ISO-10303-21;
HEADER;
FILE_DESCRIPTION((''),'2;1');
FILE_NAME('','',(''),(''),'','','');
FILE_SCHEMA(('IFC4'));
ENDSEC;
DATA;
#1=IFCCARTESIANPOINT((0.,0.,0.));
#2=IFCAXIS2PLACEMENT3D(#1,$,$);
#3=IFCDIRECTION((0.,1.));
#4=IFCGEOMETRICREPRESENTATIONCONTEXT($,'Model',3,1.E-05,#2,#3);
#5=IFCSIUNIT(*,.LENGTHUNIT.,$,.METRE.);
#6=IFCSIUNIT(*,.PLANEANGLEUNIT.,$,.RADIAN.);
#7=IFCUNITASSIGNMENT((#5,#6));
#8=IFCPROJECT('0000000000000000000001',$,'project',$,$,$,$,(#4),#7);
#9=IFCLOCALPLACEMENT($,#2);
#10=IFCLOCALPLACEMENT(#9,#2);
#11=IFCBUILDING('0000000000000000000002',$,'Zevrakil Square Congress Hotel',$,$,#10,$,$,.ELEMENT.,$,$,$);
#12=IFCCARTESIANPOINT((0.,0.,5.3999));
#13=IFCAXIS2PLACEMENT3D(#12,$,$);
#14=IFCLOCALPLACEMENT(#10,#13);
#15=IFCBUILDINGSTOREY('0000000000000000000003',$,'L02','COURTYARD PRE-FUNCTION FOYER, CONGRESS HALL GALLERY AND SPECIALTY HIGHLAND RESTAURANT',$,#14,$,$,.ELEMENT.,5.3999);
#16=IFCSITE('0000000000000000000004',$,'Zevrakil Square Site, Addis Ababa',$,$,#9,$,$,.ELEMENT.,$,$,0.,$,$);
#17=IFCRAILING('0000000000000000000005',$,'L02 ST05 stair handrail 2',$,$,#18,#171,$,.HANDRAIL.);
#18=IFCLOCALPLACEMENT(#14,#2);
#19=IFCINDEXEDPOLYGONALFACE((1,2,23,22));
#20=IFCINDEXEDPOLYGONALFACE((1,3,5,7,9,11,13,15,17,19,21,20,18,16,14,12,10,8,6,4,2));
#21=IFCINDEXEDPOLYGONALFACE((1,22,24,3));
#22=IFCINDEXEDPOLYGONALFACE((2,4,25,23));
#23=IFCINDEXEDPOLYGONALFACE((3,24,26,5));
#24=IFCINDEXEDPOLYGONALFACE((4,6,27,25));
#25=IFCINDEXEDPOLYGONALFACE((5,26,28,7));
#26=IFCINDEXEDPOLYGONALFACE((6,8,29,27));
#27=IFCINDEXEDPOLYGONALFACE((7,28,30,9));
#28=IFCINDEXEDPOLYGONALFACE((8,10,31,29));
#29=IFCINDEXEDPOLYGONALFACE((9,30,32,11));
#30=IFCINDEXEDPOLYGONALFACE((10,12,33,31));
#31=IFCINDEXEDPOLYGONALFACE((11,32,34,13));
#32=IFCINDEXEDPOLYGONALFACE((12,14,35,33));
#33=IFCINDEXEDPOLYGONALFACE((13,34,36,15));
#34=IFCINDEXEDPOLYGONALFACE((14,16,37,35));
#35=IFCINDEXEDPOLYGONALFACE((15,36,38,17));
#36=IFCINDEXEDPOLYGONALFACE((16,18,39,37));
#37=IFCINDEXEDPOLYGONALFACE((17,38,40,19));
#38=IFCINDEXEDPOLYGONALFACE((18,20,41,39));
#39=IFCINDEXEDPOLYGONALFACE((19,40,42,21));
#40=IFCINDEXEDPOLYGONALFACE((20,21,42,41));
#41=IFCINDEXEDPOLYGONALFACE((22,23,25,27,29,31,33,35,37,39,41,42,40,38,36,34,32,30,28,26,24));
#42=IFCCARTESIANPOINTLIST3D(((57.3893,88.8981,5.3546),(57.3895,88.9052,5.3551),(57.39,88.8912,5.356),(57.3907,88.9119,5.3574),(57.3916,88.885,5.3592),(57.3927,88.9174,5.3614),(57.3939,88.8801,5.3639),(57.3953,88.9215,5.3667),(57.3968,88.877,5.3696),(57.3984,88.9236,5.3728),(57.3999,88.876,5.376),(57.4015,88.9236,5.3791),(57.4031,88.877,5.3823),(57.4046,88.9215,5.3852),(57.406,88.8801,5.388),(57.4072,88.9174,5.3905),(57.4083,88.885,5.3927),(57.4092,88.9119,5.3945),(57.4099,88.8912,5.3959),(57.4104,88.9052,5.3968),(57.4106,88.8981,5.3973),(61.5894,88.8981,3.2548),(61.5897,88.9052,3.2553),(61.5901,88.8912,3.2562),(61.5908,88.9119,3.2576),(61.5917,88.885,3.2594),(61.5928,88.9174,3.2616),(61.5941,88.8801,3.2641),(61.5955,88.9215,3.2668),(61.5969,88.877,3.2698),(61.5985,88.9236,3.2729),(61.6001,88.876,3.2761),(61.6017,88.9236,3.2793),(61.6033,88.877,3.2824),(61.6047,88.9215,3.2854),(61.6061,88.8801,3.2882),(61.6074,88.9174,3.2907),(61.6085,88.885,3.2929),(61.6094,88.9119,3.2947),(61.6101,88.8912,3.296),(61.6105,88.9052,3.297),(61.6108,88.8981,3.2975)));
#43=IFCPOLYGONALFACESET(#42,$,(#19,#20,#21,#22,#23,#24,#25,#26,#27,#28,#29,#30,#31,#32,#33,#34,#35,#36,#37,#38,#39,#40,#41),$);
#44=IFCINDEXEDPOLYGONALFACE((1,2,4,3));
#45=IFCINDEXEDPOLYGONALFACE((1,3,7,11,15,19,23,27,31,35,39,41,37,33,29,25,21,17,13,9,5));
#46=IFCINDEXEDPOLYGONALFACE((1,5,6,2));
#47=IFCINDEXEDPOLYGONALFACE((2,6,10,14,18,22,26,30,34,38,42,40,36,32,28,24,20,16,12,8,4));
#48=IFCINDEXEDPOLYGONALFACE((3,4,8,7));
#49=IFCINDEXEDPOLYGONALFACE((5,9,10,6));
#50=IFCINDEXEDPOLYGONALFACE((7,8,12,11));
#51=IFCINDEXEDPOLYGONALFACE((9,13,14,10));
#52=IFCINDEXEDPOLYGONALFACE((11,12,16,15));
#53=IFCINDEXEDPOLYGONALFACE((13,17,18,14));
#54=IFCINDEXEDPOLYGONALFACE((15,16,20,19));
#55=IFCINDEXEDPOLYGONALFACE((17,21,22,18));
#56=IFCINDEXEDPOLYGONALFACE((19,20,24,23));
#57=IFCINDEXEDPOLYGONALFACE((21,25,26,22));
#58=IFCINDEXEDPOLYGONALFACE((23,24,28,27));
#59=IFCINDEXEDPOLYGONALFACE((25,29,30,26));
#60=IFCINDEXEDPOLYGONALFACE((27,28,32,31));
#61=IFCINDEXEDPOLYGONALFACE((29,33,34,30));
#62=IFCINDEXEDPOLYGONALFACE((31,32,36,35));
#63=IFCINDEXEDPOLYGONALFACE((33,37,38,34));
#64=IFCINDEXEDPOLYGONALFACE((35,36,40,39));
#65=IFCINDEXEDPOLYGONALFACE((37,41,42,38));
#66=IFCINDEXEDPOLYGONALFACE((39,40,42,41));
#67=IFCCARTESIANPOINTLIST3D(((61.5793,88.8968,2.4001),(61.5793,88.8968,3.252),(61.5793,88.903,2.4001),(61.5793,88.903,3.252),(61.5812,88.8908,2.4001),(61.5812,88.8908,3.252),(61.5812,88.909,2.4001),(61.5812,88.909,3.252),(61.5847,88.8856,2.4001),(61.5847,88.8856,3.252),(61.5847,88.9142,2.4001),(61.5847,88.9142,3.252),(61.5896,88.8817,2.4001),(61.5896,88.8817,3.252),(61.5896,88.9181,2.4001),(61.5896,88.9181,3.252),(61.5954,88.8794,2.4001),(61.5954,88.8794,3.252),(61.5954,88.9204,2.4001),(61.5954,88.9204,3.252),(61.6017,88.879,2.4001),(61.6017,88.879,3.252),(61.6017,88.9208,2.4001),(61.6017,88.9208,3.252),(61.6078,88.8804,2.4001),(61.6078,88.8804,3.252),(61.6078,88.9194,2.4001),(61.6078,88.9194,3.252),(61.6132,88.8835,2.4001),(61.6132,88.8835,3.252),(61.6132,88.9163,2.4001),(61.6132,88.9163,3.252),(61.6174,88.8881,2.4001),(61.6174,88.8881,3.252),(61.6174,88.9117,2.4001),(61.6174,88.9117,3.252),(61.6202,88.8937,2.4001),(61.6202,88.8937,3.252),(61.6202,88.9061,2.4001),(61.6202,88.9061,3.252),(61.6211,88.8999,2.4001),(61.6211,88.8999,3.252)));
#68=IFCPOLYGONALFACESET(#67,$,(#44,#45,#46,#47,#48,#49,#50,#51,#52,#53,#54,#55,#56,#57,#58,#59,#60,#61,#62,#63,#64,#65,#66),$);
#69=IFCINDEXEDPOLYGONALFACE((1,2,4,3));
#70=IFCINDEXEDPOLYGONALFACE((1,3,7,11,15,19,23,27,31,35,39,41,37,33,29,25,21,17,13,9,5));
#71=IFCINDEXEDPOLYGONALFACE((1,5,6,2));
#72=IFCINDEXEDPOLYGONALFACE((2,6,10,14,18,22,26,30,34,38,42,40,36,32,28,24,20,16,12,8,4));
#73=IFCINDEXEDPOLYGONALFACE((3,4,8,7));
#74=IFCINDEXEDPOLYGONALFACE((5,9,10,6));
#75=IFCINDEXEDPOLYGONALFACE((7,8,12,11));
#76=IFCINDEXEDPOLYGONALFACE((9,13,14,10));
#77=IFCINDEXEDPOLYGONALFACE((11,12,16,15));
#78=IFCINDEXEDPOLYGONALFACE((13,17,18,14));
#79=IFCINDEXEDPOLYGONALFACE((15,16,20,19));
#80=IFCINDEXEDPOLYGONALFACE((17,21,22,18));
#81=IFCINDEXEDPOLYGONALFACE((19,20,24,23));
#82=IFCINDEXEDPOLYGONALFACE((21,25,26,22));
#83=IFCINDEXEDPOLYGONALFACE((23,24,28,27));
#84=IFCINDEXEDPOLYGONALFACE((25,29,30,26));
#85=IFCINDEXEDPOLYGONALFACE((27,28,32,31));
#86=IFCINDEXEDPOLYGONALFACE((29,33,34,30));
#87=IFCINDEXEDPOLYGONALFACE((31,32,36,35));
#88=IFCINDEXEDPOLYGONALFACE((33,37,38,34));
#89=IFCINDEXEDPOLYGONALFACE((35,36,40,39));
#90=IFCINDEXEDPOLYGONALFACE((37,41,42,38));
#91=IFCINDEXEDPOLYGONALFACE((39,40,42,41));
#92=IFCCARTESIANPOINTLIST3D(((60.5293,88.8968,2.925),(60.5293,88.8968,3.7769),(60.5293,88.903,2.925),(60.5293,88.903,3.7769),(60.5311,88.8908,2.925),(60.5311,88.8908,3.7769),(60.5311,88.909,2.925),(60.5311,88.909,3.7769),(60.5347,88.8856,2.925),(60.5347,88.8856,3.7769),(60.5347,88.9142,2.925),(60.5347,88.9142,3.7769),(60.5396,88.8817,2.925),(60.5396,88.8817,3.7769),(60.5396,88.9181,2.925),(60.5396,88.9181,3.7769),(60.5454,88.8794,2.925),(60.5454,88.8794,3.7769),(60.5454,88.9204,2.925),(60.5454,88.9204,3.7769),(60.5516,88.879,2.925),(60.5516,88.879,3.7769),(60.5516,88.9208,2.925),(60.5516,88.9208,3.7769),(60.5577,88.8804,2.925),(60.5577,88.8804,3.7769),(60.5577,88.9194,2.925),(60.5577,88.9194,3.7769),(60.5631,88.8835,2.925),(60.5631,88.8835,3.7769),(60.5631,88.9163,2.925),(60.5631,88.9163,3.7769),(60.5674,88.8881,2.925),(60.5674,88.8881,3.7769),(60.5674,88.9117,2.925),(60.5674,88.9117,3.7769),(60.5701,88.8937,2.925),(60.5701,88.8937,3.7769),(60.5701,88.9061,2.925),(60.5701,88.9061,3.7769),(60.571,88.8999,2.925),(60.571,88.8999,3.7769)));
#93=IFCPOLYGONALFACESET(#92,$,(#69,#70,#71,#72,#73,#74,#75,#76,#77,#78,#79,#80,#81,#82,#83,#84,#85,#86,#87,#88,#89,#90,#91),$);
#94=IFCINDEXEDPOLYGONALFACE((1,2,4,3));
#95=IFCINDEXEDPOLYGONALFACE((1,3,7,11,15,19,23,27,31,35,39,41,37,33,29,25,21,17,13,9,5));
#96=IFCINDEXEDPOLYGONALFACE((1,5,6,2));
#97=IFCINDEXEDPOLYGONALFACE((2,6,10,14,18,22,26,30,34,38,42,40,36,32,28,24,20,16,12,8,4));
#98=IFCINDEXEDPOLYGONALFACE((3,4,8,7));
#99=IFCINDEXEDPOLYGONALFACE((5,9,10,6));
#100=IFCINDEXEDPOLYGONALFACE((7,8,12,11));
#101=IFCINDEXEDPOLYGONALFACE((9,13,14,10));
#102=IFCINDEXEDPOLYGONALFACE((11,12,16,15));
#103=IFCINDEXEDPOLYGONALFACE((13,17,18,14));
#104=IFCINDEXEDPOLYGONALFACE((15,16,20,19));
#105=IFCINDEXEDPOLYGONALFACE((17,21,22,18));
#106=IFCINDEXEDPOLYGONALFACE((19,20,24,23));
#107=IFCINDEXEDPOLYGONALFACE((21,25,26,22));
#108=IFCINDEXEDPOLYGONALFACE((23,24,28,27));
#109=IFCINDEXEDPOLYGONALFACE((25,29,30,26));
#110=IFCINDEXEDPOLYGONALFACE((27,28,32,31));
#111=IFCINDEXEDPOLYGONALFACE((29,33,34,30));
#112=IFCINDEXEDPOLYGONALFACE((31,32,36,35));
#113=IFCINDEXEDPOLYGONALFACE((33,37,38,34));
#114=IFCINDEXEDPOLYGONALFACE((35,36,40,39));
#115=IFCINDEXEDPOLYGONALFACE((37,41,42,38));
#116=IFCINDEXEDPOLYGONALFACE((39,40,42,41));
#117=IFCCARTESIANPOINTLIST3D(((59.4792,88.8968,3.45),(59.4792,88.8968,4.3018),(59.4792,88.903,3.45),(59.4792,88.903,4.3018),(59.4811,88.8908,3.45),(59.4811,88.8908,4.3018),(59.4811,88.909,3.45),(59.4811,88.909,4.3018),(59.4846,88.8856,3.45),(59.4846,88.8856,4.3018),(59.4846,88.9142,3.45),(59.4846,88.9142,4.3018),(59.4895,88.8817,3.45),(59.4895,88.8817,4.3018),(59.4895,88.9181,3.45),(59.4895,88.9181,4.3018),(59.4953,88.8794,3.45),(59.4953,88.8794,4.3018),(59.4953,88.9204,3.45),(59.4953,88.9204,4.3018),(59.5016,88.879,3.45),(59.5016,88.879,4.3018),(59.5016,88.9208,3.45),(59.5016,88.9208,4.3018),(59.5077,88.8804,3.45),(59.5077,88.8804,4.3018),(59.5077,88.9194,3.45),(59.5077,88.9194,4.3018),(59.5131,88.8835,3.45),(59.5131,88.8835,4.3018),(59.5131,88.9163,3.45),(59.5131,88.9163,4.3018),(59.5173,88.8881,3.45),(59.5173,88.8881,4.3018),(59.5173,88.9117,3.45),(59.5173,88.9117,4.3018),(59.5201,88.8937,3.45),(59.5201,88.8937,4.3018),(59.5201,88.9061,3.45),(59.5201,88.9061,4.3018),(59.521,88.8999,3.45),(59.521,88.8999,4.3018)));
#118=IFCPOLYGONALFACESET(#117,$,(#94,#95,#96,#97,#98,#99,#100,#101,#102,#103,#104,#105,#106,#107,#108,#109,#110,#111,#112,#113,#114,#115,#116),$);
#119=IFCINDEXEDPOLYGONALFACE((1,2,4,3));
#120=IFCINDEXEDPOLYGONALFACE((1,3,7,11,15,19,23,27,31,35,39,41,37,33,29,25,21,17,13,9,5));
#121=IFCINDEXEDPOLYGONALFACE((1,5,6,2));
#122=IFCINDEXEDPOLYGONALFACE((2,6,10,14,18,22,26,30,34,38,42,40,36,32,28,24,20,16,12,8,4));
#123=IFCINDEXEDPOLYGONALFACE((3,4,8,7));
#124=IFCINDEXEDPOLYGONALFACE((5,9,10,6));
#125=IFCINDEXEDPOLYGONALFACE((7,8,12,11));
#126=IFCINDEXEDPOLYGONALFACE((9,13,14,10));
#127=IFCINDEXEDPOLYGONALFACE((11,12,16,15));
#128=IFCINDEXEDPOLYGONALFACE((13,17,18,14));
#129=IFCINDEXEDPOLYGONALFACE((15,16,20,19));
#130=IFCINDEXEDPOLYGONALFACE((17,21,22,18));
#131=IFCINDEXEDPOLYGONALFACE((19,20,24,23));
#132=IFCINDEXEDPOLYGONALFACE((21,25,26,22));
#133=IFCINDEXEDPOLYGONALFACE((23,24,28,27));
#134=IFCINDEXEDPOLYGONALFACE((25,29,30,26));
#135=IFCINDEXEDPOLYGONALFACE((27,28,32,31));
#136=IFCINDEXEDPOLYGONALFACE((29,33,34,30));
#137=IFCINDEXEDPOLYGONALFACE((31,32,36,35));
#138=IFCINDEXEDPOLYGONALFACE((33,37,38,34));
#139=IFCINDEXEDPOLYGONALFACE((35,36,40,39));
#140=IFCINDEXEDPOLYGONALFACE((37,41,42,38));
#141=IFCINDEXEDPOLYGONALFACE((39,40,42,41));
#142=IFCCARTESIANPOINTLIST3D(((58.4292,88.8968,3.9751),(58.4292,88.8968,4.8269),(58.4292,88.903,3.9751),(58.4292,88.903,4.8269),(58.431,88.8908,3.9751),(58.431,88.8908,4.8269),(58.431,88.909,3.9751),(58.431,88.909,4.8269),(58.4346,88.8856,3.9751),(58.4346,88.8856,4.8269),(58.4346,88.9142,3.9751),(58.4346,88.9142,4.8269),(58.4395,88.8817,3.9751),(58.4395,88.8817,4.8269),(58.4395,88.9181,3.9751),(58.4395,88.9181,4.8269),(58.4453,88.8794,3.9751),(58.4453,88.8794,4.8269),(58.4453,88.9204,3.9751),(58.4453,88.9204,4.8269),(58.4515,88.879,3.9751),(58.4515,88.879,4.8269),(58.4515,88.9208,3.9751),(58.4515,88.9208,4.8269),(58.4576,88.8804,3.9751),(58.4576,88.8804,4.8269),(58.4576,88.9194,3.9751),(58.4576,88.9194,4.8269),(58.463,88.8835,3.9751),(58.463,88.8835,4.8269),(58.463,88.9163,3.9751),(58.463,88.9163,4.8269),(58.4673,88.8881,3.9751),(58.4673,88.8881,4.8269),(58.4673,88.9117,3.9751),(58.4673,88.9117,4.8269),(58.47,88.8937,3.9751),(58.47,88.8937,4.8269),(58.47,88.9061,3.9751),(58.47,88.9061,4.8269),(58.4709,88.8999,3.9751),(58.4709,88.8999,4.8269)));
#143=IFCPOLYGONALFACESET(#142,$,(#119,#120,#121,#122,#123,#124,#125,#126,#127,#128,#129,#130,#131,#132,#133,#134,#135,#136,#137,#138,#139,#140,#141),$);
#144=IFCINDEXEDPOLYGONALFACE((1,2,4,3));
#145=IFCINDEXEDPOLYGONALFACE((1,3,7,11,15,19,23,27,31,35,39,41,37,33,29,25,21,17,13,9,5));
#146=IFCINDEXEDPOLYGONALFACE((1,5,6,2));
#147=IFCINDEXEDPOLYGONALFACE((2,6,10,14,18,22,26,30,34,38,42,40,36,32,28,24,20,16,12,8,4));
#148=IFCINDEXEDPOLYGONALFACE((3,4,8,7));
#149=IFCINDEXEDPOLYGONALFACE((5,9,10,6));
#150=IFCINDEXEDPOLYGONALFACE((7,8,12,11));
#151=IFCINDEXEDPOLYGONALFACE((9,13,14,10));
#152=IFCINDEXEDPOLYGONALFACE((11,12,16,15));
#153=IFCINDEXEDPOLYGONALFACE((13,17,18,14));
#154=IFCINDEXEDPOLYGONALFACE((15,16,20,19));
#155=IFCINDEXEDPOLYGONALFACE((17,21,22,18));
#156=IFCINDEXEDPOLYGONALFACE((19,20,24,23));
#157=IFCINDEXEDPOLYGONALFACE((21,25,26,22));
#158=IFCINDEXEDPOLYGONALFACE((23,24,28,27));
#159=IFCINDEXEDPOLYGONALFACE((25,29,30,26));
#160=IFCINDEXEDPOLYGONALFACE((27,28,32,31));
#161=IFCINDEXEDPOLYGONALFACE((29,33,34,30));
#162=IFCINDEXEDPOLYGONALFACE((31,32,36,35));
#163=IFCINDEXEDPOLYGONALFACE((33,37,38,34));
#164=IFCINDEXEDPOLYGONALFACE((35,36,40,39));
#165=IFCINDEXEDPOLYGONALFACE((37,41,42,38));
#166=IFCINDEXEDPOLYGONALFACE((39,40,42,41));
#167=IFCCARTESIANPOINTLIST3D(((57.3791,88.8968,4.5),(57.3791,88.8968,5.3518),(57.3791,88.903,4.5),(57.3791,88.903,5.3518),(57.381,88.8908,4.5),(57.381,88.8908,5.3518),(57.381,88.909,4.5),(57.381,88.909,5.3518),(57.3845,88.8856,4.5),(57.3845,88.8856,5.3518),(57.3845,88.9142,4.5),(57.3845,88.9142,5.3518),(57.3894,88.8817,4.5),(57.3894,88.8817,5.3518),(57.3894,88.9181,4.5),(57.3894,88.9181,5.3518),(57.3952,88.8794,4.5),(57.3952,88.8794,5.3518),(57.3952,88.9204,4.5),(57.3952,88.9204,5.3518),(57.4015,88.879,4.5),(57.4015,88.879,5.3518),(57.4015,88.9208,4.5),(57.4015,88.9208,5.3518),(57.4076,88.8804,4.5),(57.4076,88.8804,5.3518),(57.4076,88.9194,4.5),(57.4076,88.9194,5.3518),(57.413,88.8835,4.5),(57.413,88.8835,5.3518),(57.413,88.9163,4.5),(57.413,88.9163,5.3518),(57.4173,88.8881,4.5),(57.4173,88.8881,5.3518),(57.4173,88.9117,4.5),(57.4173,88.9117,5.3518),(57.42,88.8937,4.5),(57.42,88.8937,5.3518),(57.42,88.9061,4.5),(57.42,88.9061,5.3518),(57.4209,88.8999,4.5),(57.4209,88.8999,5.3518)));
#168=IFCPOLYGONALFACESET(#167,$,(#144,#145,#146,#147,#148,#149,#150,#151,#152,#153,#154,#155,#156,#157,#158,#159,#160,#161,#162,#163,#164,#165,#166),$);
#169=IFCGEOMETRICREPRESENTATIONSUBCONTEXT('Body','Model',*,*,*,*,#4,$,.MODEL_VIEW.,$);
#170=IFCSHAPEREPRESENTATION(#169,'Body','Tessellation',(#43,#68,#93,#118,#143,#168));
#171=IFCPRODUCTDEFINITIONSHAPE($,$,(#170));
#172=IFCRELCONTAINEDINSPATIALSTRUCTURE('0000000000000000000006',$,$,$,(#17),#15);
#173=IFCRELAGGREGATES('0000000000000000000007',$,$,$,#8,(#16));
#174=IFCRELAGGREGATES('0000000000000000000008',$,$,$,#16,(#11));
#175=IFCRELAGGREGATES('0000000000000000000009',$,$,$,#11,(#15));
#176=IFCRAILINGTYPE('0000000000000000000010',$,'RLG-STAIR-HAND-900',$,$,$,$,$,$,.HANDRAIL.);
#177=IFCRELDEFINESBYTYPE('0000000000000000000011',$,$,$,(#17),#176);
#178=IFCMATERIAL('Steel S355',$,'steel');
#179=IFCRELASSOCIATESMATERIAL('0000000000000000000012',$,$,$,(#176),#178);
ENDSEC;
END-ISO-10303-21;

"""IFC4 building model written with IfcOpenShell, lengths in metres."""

from ifc_helpers import new_model, si_unit, direction, frame, origin, origin_2d, place, context, subcontext, project, spatial, circle, extrude, material, type_object, element, save


model = new_model("IFC4")

# Units and contexts
model_context = context("Model", 3, precision=1e-05, world=origin(), true_north=direction((0.0, 1.0)))
body_context = subcontext(model_context, "Body", "Model", "MODEL_VIEW")
ifc_project = project(units=[si_unit("LENGTHUNIT", "METRE"), si_unit("PLANEANGLEUNIT", "RADIAN")], contexts=[model_context])

# Site, building, storey
site_placement = place(None, origin())
site = spatial("IfcSite", under=ifc_project, at=site_placement, Name="Zevrakil Square Site, Addis Ababa", CompositionType="ELEMENT", RefElevation=0.0)
building_placement = place(site_placement, origin())
building = spatial("IfcBuilding", under=site, at=building_placement, Name="Zevrakil Square Congress Hotel", CompositionType="ELEMENT")
storey_placement = place(building_placement, frame((0.0, 0.0, 5.3999)))
storey = spatial("IfcBuildingStorey", under=building, at=storey_placement, Name="L02", Description="COURTYARD PRE-FUNCTION FOYER, CONGRESS HALL GALLERY AND SPECIALTY HIGHLAND RESTAURANT", CompositionType="ELEMENT", Elevation=5.3999)

# Railing
ifc_material_1 = material(Name="Steel S355", Category="steel")
railing_type_1 = type_object("IfcRailingType", Name="RLG-STAIR-HAND-900", PredefinedType="HANDRAIL", material=ifc_material_1)
railing_1_placement = place(storey_placement, frame((61.6001, 88.8999, 2.4001)))
element("IfcRailing", 1, at=railing_1_placement, inside=storey, type_object=railing_type_1, Name="L02 ST05 stair handrail 2", PredefinedType="HANDRAIL", context=body_context, shape_type="SweptSolid", body=[
    extrude(circle(Radius=0.0239, at=origin_2d()), frame((0.0, 0.0, 0.876), z_axis=(-0.894448, 0.0, 0.447172), x_axis=(0.0, -1.0, 0.0)), (0.0, 0.0, 1.0), 4.6958),
    extrude(circle(Radius=0.021, at=origin_2d()), origin(), (0.0, 0.0, 1.0), 0.8518),
    extrude(circle(Radius=0.021, at=origin_2d()), frame((-1.05, 0.0, 0.5249)), (0.0, 0.0, 1.0), 0.8518),
    extrude(circle(Radius=0.021, at=origin_2d()), frame((-2.1001, 0.0, 1.0498)), (0.0, 0.0, 1.0), 0.8518),
    extrude(circle(Radius=0.021, at=origin_2d()), frame((-3.1501, 0.0, 1.575)), (0.0, 0.0, 1.0), 0.8518),
    extrude(circle(Radius=0.021, at=origin_2d()), frame((-4.2002, 0.0, 2.0999)), (0.0, 0.0, 1.0), 0.8518),
])

save(model, "model.ifc")
